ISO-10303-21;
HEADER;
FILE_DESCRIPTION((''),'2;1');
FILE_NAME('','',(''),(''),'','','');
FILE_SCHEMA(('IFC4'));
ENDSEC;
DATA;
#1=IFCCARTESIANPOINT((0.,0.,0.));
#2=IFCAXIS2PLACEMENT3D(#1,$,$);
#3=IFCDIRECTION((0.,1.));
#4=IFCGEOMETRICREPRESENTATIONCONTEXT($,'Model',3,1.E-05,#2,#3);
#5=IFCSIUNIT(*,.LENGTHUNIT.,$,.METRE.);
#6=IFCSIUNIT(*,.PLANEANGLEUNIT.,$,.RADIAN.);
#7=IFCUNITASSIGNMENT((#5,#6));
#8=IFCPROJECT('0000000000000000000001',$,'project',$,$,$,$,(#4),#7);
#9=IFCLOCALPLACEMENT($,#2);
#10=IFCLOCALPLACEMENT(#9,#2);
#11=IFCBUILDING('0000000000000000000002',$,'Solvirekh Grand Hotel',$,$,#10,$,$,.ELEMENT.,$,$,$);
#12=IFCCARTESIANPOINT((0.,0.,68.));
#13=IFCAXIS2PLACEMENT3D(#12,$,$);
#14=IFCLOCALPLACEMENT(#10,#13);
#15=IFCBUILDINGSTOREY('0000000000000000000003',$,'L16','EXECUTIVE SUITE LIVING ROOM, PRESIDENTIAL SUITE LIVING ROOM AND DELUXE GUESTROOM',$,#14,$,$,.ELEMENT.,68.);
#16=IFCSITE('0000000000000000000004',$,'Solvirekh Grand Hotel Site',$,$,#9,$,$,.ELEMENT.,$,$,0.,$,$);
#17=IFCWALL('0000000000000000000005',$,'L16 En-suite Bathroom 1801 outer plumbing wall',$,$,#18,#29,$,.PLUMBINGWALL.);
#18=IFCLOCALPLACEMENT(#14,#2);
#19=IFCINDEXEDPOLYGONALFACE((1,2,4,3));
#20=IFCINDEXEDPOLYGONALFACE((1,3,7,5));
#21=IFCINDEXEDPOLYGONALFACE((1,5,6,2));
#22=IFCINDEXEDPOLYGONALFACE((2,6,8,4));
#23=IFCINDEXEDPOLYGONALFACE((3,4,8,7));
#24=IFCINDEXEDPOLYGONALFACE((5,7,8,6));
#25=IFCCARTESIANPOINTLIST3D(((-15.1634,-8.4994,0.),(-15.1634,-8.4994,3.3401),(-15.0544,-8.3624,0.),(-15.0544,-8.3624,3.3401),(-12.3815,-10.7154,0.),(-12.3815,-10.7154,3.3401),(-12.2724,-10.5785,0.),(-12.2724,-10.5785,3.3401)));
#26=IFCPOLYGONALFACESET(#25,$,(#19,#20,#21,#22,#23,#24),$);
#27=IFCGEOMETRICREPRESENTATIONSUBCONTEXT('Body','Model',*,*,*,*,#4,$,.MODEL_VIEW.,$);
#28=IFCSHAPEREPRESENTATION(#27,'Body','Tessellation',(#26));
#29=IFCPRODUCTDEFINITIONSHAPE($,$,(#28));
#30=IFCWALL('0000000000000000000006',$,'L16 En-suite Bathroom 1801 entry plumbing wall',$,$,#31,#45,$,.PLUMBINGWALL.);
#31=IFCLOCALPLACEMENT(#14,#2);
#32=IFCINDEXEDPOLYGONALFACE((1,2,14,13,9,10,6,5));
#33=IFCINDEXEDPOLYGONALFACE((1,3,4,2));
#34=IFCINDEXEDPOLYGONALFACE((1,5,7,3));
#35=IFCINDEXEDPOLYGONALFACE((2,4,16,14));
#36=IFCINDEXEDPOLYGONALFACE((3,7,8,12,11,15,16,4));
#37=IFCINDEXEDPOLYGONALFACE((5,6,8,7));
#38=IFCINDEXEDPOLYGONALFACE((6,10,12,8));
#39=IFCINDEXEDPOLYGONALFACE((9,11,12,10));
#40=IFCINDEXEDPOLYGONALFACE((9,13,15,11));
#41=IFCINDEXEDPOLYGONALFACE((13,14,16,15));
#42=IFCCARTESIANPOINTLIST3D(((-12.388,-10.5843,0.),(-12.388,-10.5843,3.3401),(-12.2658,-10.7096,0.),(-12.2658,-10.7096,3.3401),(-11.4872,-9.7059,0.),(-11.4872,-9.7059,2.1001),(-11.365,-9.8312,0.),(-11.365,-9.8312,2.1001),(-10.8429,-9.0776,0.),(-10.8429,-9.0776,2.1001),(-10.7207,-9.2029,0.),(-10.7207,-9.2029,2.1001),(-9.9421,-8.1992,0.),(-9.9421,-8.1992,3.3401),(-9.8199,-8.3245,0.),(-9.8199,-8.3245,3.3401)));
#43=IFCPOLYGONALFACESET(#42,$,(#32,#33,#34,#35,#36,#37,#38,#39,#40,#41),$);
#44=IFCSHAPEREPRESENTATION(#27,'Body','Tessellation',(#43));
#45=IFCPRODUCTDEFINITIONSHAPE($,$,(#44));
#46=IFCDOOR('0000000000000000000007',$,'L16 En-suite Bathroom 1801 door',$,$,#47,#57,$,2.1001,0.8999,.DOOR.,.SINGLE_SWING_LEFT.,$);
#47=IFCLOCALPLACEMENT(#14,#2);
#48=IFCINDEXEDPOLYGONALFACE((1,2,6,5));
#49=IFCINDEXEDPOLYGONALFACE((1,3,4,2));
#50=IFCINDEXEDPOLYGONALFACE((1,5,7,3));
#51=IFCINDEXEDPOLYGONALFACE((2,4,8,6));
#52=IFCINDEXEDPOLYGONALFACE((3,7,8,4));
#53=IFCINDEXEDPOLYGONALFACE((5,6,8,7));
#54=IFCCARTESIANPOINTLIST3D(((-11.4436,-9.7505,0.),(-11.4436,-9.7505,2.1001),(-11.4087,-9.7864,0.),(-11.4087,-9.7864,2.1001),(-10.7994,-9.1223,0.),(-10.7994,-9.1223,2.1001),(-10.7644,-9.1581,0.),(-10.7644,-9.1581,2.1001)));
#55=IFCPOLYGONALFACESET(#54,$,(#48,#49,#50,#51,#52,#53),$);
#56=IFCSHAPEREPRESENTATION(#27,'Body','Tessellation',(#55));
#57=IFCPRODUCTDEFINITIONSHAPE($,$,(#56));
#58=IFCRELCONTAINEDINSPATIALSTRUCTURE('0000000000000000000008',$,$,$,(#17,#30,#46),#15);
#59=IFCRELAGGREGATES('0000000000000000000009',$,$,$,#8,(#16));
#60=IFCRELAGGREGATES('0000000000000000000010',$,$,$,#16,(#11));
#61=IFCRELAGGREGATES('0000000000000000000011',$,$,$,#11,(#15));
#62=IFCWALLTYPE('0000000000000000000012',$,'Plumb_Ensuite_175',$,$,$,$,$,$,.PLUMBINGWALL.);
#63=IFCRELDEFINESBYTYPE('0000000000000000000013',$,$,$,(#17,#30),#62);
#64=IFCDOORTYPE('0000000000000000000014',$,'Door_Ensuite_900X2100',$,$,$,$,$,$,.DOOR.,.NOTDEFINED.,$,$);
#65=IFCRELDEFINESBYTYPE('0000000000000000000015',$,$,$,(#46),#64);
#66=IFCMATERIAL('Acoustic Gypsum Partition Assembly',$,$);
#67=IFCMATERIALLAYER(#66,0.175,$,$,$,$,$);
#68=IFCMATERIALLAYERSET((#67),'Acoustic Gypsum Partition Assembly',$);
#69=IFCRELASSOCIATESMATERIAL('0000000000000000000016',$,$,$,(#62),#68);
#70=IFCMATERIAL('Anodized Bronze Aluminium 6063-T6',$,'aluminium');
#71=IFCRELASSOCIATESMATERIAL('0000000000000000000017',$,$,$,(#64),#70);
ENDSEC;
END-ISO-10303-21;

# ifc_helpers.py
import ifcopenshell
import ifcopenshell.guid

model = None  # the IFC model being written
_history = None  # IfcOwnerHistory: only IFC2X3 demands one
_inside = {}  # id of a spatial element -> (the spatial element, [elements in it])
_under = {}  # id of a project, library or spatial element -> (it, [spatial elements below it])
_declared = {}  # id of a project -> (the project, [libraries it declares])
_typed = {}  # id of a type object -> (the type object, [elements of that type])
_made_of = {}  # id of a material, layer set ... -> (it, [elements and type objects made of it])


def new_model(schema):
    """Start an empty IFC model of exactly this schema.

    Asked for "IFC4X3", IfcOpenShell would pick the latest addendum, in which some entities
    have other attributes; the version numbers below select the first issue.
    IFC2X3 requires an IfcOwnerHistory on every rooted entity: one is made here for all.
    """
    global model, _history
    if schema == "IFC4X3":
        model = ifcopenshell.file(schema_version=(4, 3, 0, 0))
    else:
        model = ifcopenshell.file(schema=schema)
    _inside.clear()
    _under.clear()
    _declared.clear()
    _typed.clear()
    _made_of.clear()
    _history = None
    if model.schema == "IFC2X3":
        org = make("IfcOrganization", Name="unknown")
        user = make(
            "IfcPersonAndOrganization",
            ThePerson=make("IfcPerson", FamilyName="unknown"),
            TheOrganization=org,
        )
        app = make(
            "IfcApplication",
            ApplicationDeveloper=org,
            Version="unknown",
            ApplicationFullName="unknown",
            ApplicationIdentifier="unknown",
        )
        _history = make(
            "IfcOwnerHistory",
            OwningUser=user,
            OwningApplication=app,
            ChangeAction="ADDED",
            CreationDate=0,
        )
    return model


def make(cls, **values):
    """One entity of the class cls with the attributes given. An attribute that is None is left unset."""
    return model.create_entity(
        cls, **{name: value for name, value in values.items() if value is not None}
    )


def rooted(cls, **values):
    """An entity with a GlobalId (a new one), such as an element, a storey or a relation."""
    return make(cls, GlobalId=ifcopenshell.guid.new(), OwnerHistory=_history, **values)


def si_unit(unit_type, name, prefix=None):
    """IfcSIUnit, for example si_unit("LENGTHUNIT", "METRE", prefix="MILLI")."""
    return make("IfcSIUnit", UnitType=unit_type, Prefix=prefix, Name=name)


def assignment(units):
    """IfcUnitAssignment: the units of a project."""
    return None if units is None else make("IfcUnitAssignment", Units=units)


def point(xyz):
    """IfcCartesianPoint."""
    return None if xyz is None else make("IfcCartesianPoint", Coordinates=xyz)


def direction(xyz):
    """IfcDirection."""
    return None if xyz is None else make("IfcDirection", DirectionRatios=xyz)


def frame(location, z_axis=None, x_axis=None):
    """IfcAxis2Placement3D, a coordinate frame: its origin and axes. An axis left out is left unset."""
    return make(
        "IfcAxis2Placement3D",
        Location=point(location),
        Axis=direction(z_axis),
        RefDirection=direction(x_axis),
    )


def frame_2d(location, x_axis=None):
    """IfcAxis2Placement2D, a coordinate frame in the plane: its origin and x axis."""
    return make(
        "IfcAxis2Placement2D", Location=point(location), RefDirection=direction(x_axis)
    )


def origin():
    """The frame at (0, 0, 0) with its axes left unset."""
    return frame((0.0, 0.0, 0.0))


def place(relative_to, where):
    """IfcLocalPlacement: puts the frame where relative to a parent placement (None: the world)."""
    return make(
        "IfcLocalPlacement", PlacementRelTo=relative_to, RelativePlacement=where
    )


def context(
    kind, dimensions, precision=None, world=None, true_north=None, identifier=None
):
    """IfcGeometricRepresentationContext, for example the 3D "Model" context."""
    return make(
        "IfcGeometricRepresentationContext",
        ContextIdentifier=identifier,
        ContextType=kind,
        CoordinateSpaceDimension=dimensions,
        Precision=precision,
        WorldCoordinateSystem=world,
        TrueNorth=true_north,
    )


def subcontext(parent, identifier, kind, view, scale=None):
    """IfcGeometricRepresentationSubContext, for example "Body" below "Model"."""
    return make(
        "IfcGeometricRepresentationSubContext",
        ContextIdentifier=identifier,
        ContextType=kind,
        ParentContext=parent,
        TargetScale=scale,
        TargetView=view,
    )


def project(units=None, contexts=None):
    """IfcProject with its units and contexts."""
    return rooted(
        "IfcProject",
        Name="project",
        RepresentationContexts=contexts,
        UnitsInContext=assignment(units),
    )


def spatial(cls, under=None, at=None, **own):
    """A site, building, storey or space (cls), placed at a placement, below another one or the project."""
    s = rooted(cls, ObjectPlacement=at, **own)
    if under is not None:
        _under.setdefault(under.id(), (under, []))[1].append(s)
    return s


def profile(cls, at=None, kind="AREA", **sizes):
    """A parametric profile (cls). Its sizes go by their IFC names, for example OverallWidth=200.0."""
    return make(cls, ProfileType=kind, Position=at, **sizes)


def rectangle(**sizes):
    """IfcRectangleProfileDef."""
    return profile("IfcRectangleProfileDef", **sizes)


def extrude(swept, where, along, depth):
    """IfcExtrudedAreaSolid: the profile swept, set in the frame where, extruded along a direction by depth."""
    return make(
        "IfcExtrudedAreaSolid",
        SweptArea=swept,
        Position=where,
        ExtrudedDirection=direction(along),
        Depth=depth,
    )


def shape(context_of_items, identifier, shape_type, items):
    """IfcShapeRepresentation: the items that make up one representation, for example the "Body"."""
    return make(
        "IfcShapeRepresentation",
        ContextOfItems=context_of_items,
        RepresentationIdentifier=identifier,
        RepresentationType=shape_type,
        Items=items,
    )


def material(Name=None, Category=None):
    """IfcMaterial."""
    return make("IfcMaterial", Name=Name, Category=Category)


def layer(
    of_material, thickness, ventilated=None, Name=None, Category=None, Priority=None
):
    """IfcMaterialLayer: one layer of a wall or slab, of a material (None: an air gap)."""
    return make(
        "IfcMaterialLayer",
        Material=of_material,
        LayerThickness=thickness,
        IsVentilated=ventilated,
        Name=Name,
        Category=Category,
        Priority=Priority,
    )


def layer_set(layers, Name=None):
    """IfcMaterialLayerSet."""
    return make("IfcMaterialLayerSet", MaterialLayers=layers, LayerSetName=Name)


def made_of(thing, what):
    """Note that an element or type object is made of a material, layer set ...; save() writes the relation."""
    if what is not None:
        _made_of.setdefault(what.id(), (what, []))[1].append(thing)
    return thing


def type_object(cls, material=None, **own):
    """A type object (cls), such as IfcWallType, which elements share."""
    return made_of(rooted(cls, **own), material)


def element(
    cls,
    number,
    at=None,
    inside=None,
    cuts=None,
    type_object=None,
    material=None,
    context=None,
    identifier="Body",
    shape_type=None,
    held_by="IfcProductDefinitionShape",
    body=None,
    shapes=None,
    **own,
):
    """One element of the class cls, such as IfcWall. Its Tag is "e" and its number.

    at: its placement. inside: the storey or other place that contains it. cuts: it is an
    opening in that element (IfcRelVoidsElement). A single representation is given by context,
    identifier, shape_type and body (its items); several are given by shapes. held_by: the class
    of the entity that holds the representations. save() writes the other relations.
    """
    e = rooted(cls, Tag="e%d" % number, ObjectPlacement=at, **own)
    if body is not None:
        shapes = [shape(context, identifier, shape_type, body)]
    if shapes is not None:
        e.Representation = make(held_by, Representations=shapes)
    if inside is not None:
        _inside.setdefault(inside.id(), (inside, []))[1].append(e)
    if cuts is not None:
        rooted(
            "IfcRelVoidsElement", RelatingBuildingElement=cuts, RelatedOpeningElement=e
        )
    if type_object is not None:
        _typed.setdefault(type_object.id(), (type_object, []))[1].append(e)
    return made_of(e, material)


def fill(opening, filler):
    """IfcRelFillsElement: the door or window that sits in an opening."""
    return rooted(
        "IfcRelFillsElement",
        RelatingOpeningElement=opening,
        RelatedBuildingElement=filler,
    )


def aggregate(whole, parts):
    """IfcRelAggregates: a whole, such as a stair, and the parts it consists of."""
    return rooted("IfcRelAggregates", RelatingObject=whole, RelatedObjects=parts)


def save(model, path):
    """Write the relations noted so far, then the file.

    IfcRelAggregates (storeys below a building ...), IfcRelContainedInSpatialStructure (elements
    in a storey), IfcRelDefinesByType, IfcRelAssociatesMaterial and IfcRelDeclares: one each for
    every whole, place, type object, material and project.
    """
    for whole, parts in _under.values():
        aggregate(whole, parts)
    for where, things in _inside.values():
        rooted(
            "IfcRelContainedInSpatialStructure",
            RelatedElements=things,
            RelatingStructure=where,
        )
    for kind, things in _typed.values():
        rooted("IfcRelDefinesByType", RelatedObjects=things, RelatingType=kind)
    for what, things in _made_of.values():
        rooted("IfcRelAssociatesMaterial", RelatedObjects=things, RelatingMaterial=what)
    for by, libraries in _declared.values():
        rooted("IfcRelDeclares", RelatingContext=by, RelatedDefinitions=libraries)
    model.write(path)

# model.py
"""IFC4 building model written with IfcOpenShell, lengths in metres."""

from ifc_helpers import new_model, si_unit, direction, frame, frame_2d, origin, place, context, subcontext, project, spatial, rectangle, extrude, material, layer, layer_set, type_object, element, fill, save


model = new_model("IFC4")

# Units and contexts
model_context = context("Model", 3, precision=1e-05, world=origin(), true_north=direction((0.0, 1.0)))
body_context = subcontext(model_context, "Body", "Model", "MODEL_VIEW")
ifc_project = project(units=[si_unit("LENGTHUNIT", "METRE"), si_unit("PLANEANGLEUNIT", "RADIAN")], contexts=[model_context])

# Site, building, storey
site_placement = place(None, origin())
site = spatial("IfcSite", under=ifc_project, at=site_placement, Name="Solvirekh Grand Hotel Site", CompositionType="ELEMENT", RefElevation=0.0)
building_placement = place(site_placement, origin())
building = spatial("IfcBuilding", under=site, at=building_placement, Name="Solvirekh Grand Hotel", CompositionType="ELEMENT")
storey_placement = place(building_placement, frame((0.0, 0.0, 68.0)))
storey = spatial("IfcBuildingStorey", under=building, at=storey_placement, Name="L16", Description="EXECUTIVE SUITE LIVING ROOM, PRESIDENTIAL SUITE LIVING ROOM AND DELUXE GUESTROOM", CompositionType="ELEMENT", Elevation=68.0)

# Shared definitions
ifc_material_1 = material(Name="Anodized Bronze Aluminium 6063-T6", Category="aluminium")

# Shared definitions
ifc_material_2 = material(Name="Acoustic Gypsum Partition Assembly")

# Wall
ifc_layer_1 = layer(ifc_material_2, 0.175)
ifc_layer_set_1 = layer_set([ifc_layer_1], Name="Acoustic Gypsum Partition Assembly")
wall_type_1 = type_object("IfcWallType", Name="Plumb_Ensuite_175", PredefinedType="PLUMBINGWALL", material=ifc_layer_set_1)
wall_1_placement = place(storey_placement, frame((-15.1089, -8.4309, 0.0), z_axis=(0.0, 0.0, 1.0), x_axis=(0.782173, -0.623061, 0.0)))
element("IfcWall", 1, at=wall_1_placement, inside=storey, type_object=wall_type_1, Name="L16 En-suite Bathroom 1801 outer plumbing wall", PredefinedType="PLUMBINGWALL", context=body_context, shape_type="SweptSolid", body=[
    extrude(rectangle(XDim=3.5566, YDim=0.175, at=frame_2d((1.7783, 0.0))), origin(), (0.0, 0.0, 1.0), 3.3401),
])

# Wall, opening, door
wall_2_placement = place(storey_placement, frame((-9.8811, -8.262, 0.0), z_axis=(0.0, 0.0, 1.0), x_axis=(-0.715948, -0.698153, 0.0)))
wall_2 = element("IfcWall", 2, at=wall_2_placement, inside=storey, type_object=wall_type_1, Name="L16 En-suite Bathroom 1801 entry plumbing wall", PredefinedType="PLUMBINGWALL", context=body_context, shape_type="SweptSolid", body=[
    extrude(rectangle(XDim=3.4163, YDim=0.175, at=frame_2d((1.708, 0.0))), origin(), (0.0, 0.0, 1.0), 3.3401),
])
opening_1_placement = place(wall_2_placement, frame((1.2581, 0.0, 0.0)))
opening_1 = element("IfcOpeningElement", 3, at=opening_1_placement, cuts=wall_2, PredefinedType="OPENING", context=body_context, shape_type="SweptSolid", body=[
    extrude(rectangle(XDim=0.8999, YDim=2.1001, at=frame_2d((0.45, 1.05))), frame((0.0, 0.0977, 0.0), z_axis=(0.0, -1.0, 0.0), x_axis=(1.0, 0.0, 0.0)), (0.0, 0.0, 1.0), 0.1951),
])
door_type_1 = type_object("IfcDoorType", Name="Door_Ensuite_900X2100", OperationType="NOTDEFINED", PredefinedType="DOOR", material=ifc_material_1)
door_1_placement = place(opening_1_placement, origin())
door_1 = element("IfcDoor", 4, at=door_1_placement, inside=storey, type_object=door_type_1, Name="L16 En-suite Bathroom 1801 door", OperationType="SINGLE_SWING_LEFT", OverallHeight=2.1001, OverallWidth=0.8999, PredefinedType="DOOR", context=body_context, shape_type="SweptSolid", body=[
    extrude(rectangle(XDim=0.8999, YDim=2.1001, at=frame_2d((0.45, 1.05))), frame((0.0, 0.0249, 0.0), z_axis=(0.0, -1.0, 0.0), x_axis=(1.0, 0.0, 0.0)), (0.0, 0.0, 1.0), 0.05),
])
fill(opening_1, door_1)

save(model, "model.ifc")
